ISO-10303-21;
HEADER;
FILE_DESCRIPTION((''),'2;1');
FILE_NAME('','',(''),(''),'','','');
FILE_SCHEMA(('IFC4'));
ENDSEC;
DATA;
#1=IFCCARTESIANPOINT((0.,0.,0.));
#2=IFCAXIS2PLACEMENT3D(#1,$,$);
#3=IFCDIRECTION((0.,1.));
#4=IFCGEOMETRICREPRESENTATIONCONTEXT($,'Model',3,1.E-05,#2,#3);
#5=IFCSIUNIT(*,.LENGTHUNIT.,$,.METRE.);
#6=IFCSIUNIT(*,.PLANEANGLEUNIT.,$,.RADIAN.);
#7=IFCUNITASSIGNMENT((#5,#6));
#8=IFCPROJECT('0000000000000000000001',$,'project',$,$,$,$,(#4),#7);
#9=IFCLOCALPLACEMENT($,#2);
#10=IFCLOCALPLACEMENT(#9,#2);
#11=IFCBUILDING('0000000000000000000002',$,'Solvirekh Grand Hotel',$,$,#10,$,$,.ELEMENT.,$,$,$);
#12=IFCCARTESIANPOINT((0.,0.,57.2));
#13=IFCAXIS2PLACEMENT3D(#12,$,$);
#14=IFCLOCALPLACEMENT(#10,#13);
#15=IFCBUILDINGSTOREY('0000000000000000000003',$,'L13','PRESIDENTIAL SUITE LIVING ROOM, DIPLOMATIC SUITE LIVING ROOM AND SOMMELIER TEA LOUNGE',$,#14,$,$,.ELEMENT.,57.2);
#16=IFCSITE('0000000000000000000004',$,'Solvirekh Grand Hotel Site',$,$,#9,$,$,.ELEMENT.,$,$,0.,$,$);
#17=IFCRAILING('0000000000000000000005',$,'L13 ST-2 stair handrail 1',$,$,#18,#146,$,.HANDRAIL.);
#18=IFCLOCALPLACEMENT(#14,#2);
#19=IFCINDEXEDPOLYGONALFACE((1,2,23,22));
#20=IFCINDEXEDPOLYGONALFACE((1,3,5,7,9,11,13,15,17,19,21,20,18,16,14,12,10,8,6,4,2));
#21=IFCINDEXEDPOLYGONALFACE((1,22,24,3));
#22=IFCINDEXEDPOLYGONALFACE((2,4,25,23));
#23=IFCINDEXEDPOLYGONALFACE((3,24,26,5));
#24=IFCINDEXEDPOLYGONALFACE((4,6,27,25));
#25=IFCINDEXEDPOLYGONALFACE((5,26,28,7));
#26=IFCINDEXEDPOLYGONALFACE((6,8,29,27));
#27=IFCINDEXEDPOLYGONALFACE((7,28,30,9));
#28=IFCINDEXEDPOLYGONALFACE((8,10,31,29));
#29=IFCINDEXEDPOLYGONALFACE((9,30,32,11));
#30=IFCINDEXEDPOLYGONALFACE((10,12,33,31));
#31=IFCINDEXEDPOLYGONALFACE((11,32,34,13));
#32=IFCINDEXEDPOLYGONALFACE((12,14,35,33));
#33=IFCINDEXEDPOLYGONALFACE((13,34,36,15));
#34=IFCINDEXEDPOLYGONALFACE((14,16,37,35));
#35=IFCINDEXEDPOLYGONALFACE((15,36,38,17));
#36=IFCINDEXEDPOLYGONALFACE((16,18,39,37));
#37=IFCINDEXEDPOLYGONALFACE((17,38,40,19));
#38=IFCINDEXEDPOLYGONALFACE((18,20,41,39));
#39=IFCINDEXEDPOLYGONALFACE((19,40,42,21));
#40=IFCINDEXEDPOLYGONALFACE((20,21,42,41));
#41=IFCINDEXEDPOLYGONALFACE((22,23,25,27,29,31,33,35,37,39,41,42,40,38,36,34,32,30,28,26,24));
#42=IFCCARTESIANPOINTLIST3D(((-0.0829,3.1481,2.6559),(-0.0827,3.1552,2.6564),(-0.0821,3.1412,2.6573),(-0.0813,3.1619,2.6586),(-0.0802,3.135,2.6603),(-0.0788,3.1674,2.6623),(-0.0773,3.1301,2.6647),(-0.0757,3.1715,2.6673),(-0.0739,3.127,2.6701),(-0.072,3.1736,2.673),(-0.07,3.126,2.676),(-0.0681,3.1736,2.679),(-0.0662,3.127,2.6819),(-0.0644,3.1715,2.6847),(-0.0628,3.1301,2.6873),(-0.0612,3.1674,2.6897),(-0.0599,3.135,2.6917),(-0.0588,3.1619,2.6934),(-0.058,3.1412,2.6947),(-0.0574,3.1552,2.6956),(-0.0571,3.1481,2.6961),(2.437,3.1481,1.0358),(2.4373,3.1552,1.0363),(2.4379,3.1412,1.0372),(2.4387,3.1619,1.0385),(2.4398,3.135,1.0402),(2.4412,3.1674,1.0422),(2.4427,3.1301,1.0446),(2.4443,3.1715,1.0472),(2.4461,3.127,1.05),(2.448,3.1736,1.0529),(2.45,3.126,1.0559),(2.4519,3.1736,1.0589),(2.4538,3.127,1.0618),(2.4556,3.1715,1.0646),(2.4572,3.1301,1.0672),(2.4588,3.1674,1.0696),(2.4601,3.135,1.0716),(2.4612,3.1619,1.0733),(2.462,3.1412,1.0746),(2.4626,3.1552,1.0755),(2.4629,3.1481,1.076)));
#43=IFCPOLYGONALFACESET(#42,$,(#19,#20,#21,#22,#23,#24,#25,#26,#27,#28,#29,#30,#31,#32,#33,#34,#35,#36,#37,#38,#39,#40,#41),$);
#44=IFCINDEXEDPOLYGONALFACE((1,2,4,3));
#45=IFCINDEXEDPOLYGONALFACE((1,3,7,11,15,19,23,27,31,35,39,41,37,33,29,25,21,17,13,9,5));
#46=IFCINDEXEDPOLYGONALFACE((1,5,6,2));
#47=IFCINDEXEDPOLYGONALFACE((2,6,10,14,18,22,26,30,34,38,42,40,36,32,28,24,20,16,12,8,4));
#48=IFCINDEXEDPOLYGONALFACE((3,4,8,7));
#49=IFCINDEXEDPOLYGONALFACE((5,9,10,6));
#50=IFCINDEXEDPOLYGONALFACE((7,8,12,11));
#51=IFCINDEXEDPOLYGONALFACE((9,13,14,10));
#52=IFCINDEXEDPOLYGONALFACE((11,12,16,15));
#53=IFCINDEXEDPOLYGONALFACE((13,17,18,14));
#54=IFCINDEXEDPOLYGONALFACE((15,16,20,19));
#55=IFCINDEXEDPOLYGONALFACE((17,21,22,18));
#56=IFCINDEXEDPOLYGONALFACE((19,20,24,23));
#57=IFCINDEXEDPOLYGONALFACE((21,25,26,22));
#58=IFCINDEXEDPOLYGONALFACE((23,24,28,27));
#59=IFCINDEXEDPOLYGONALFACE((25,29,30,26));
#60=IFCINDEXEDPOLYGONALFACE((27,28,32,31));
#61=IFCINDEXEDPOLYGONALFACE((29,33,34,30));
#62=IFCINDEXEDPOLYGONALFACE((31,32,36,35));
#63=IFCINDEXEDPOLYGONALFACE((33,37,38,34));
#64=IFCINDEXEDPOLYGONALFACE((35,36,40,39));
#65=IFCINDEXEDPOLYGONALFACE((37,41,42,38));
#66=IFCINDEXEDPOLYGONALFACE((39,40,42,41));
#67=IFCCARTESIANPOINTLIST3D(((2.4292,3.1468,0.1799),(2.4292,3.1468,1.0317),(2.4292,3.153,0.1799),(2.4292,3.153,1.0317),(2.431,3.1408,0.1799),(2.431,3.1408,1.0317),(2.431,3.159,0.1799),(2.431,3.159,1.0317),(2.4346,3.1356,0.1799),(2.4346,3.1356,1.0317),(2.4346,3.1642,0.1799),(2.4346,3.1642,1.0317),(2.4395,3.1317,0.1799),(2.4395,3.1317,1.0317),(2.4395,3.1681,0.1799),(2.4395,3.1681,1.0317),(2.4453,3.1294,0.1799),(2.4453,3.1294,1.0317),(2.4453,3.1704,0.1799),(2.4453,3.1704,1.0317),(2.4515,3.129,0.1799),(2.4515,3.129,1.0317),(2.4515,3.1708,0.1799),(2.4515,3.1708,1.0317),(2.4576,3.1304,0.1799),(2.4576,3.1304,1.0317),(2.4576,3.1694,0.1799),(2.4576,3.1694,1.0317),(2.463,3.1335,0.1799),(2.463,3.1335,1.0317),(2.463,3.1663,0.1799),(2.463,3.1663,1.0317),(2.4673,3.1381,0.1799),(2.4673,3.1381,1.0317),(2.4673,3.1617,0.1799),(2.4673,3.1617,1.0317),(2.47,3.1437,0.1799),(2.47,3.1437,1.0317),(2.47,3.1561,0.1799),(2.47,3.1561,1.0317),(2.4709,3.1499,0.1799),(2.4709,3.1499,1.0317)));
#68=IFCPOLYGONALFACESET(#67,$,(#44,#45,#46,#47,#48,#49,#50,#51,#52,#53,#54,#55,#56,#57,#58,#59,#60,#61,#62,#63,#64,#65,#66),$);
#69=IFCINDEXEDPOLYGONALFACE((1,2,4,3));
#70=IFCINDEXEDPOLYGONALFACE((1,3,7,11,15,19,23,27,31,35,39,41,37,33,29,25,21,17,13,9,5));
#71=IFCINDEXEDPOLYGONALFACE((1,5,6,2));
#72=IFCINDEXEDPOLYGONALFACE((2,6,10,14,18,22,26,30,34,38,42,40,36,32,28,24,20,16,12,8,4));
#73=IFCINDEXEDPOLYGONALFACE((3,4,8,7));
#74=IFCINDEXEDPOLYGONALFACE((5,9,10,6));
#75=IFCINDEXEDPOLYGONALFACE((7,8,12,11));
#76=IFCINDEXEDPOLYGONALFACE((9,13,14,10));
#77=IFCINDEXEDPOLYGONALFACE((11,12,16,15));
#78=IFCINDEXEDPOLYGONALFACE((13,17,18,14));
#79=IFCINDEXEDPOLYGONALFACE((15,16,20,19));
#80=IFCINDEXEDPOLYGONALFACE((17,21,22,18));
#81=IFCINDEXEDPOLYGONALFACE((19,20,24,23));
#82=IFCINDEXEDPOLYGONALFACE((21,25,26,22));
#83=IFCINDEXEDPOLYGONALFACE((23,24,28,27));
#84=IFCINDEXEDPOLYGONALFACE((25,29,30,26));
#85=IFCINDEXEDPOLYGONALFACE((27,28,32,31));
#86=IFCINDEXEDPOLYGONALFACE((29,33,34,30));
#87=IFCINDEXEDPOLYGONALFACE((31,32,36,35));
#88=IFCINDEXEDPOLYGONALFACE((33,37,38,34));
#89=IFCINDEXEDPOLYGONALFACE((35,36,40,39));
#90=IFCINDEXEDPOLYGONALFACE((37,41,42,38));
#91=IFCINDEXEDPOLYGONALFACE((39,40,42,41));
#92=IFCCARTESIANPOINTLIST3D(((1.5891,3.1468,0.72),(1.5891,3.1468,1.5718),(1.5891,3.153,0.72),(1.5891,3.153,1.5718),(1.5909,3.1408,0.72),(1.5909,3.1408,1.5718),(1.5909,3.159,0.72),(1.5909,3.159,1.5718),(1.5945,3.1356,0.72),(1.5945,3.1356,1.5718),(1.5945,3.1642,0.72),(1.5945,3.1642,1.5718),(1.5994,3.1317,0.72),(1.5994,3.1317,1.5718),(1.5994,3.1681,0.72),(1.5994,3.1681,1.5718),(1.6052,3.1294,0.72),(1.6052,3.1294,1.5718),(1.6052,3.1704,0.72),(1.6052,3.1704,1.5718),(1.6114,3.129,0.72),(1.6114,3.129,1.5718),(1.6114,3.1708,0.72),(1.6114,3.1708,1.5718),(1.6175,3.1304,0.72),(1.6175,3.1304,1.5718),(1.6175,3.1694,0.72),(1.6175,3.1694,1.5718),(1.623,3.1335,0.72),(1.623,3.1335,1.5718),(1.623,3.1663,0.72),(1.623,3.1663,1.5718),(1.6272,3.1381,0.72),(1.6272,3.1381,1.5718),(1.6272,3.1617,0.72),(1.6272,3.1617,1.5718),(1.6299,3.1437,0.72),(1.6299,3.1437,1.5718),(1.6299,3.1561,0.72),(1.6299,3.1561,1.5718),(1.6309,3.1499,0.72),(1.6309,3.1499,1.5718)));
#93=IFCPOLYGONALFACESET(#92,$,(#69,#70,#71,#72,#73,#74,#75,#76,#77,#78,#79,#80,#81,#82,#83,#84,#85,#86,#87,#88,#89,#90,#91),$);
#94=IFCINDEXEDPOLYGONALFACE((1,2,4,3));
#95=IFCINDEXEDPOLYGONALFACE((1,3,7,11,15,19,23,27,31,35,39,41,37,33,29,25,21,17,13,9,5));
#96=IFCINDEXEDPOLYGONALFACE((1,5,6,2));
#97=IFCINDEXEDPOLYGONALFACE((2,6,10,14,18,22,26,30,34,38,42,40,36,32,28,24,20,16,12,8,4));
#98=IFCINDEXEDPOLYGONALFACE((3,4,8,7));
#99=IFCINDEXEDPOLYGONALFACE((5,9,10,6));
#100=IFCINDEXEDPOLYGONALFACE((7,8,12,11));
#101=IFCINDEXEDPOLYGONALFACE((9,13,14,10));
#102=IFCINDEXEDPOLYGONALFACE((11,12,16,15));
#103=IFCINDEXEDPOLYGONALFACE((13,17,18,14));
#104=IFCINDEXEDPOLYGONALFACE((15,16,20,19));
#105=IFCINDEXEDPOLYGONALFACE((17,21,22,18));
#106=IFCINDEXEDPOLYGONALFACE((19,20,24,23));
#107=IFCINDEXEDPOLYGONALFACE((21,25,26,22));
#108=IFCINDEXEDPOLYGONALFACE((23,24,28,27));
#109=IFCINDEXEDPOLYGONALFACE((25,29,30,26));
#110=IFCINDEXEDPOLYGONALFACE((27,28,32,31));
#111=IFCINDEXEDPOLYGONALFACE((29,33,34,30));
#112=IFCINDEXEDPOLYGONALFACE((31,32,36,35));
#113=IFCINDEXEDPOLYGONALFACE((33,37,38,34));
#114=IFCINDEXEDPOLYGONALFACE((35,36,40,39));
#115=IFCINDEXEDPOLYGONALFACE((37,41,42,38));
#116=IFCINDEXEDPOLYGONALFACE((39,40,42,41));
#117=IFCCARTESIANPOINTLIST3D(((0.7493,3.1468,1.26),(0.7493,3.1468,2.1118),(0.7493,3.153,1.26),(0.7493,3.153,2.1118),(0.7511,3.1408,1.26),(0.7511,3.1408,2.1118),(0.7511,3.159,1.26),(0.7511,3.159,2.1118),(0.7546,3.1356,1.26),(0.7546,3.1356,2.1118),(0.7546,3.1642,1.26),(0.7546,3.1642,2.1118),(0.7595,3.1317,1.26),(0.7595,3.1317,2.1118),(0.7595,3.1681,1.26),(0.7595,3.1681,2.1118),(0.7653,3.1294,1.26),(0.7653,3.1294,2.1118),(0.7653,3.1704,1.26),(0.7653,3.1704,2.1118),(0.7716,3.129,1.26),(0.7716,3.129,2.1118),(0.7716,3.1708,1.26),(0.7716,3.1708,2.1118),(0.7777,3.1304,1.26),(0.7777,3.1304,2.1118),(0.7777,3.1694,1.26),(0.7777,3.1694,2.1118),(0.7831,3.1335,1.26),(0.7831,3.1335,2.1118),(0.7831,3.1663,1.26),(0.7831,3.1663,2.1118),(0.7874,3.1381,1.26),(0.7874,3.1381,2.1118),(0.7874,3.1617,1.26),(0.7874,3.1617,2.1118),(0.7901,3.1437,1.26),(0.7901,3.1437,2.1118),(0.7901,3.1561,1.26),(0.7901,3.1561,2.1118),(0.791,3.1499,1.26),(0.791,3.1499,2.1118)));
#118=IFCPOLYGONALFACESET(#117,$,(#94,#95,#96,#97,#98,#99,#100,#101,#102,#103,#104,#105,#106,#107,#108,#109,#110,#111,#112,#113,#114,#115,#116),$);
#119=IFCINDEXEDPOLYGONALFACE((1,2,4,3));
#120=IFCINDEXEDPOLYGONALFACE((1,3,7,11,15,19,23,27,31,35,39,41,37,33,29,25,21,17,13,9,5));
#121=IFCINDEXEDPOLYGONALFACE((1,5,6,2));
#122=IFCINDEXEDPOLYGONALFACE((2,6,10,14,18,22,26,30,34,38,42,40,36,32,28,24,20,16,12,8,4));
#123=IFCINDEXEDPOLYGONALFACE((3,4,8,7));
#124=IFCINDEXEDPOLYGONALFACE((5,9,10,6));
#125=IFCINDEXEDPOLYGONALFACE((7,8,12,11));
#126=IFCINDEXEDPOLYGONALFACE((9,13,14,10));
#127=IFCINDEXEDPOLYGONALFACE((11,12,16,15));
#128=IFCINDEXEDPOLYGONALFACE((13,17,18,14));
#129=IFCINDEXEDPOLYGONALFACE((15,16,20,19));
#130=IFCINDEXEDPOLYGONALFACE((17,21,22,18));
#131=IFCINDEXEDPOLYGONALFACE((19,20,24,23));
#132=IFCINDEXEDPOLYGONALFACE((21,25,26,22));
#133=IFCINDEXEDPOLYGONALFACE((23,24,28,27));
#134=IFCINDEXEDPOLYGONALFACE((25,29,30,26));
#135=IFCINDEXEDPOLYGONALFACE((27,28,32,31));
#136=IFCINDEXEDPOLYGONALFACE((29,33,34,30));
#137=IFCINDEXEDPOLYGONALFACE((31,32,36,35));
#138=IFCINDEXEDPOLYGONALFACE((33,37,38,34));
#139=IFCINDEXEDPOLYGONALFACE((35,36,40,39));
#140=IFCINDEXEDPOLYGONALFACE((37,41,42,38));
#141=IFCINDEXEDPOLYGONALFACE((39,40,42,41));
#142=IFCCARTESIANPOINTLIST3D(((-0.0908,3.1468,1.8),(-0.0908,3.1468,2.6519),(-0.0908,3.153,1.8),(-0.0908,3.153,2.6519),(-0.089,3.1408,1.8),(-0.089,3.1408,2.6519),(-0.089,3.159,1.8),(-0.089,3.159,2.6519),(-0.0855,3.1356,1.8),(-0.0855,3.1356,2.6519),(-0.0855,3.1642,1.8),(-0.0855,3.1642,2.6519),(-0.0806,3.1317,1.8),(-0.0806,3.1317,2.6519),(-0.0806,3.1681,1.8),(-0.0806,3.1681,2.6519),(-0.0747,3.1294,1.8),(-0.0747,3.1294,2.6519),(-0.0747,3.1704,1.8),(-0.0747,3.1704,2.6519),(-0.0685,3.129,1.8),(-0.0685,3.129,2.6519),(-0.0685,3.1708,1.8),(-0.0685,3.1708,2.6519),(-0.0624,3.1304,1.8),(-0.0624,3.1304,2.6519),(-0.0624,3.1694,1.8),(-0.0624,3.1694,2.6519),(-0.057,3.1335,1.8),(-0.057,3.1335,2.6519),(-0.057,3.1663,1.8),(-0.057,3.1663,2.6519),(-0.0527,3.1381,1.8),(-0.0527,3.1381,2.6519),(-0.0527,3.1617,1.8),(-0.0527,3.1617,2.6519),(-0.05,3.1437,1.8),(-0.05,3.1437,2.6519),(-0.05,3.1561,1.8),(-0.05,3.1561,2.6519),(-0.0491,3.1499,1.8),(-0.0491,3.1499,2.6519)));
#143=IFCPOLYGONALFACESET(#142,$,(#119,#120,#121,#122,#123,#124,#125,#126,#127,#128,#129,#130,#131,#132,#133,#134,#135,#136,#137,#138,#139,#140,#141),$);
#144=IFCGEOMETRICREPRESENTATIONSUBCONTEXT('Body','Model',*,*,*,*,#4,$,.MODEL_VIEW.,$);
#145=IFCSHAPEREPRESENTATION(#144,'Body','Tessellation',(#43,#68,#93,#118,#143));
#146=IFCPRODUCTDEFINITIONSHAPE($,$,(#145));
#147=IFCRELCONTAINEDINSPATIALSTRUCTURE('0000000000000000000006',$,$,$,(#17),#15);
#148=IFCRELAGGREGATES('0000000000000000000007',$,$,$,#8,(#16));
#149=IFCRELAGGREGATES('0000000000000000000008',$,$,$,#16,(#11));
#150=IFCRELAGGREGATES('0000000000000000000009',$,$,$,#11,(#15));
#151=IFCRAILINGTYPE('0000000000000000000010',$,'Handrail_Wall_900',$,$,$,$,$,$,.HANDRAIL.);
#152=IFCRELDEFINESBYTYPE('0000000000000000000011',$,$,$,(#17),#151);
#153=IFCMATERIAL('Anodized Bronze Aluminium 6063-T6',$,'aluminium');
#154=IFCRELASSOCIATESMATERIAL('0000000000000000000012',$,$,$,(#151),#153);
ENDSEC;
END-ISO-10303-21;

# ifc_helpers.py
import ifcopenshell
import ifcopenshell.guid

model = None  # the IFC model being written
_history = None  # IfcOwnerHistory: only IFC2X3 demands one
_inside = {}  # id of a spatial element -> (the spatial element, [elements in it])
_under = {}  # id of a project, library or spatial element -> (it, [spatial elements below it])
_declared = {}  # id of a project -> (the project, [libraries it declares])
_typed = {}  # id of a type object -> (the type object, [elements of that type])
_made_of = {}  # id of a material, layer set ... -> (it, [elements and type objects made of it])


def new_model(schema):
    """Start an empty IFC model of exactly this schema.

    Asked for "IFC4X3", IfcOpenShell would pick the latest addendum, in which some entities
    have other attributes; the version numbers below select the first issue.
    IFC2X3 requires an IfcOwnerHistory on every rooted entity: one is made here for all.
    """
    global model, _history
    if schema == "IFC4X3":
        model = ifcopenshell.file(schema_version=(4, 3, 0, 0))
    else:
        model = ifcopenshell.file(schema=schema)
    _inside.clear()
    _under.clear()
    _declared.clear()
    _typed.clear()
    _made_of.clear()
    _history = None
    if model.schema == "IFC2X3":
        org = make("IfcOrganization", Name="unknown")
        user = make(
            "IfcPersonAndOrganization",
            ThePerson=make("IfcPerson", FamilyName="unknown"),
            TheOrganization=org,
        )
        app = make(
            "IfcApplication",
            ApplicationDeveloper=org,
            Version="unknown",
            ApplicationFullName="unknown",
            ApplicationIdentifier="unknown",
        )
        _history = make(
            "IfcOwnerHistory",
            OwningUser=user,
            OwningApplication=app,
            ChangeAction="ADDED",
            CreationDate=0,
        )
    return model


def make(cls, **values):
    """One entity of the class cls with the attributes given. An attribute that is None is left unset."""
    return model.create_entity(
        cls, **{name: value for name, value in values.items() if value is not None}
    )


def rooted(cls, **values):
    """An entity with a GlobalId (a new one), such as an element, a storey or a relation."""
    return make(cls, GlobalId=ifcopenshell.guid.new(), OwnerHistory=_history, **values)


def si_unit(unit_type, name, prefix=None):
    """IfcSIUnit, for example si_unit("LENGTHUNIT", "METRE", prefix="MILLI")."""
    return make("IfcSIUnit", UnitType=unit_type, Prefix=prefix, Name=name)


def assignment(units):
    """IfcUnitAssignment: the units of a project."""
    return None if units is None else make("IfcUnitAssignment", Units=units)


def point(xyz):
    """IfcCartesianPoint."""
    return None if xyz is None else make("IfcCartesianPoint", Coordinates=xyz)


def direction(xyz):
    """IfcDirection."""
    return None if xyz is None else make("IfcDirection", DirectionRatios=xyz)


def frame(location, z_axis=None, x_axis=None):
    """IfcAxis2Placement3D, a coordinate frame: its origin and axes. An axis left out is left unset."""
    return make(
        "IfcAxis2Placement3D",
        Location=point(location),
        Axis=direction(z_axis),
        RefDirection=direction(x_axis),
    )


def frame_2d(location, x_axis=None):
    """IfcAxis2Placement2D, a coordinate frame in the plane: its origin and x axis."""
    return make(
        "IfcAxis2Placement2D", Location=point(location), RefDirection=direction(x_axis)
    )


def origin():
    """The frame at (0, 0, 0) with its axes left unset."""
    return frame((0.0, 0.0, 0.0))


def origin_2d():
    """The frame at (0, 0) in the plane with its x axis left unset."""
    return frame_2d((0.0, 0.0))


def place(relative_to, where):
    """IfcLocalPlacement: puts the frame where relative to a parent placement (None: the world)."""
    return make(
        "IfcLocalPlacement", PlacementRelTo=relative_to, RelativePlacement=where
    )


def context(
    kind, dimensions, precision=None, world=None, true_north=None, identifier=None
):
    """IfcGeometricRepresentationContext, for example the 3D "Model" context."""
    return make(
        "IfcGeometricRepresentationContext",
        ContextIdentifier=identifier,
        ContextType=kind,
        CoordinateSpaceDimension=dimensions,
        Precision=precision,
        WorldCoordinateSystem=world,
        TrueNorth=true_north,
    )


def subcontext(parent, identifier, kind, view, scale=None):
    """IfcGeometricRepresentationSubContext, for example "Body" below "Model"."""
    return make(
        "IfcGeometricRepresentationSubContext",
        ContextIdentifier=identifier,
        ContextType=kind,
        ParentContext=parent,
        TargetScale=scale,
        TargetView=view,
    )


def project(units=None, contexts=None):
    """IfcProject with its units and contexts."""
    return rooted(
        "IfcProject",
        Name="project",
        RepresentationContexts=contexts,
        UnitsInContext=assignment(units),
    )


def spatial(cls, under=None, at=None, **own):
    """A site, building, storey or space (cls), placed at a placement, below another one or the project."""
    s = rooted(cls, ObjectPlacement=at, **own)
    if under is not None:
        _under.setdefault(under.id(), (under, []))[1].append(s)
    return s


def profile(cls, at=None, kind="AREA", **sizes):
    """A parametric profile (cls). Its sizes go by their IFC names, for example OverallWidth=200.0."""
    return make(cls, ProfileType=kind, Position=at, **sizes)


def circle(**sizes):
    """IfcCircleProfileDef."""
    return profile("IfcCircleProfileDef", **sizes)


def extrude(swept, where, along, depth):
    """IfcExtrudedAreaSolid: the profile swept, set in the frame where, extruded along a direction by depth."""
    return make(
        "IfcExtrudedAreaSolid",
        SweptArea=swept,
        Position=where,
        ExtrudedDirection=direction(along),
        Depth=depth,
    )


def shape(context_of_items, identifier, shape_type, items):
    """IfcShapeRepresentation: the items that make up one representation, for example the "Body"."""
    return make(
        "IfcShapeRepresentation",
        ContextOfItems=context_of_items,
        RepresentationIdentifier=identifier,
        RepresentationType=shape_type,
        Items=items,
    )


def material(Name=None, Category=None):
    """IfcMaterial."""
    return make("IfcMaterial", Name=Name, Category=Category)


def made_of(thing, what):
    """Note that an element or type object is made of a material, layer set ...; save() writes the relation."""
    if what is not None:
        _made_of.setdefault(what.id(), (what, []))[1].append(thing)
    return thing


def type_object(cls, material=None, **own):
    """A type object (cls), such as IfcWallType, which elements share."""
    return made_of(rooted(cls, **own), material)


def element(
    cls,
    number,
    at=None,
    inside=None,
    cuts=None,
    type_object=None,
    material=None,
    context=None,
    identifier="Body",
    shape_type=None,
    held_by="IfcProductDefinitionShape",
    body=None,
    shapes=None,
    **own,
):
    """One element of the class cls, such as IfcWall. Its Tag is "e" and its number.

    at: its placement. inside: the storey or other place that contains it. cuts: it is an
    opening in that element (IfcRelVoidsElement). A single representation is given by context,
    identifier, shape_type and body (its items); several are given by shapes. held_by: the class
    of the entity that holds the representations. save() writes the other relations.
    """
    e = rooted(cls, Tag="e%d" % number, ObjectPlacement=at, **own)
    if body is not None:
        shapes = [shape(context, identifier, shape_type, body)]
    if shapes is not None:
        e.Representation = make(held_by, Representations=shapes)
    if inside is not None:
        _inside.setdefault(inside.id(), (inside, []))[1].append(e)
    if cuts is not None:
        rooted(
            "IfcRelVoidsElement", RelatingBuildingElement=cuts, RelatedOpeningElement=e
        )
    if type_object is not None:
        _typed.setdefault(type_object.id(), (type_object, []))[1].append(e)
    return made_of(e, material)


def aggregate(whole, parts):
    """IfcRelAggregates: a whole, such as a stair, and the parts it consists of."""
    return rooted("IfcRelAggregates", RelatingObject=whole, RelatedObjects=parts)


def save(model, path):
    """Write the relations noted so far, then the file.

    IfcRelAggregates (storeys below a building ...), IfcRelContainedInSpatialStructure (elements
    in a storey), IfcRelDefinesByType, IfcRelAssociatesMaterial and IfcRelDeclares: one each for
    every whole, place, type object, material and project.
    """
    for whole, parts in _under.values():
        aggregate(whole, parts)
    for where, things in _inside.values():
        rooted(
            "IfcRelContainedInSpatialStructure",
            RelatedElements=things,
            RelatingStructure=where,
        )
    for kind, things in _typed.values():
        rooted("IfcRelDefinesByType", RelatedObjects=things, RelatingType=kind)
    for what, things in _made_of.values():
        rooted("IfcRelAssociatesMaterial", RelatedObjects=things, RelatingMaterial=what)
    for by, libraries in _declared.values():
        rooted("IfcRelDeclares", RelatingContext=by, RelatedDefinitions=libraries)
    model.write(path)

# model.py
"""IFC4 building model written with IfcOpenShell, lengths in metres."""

from ifc_helpers import new_model, si_unit, direction, frame, origin, origin_2d, place, context, subcontext, project, spatial, circle, extrude, material, type_object, element, save


model = new_model("IFC4")

# Units and contexts
model_context = context("Model", 3, precision=1e-05, world=origin(), true_north=direction((0.0, 1.0)))
body_context = subcontext(model_context, "Body", "Model", "MODEL_VIEW")
ifc_project = project(units=[si_unit("LENGTHUNIT", "METRE"), si_unit("PLANEANGLEUNIT", "RADIAN")], contexts=[model_context])

# Site, building, storey
site_placement = place(None, origin())
site = spatial("IfcSite", under=ifc_project, at=site_placement, Name="Solvirekh Grand Hotel Site", CompositionType="ELEMENT", RefElevation=0.0)
building_placement = place(site_placement, origin())
building = spatial("IfcBuilding", under=site, at=building_placement, Name="Solvirekh Grand Hotel", CompositionType="ELEMENT")
storey_placement = place(building_placement, frame((0.0, 0.0, 57.2)))
storey = spatial("IfcBuildingStorey", under=building, at=storey_placement, Name="L13", Description="PRESIDENTIAL SUITE LIVING ROOM, DIPLOMATIC SUITE LIVING ROOM AND SOMMELIER TEA LOUNGE", CompositionType="ELEMENT", Elevation=57.2)

# Shared definitions
ifc_material_1 = material(Name="Anodized Bronze Aluminium 6063-T6", Category="aluminium")

# Railing
railing_type_1 = type_object("IfcRailingType", Name="Handrail_Wall_900", PredefinedType="HANDRAIL", material=ifc_material_1)
railing_1_placement = place(storey_placement, frame((2.45, 3.1499, 0.1799)))
element("IfcRailing", 1, at=railing_1_placement, inside=storey, type_object=railing_type_1, Name="L13 ST-2 stair handrail 1", PredefinedType="HANDRAIL", context=body_context, shape_type="SweptSolid", body=[
    extrude(circle(Radius=0.0239, at=origin_2d()), frame((0.0, 0.0, 0.876), z_axis=(-0.841163, 0.0, 0.540782), x_axis=(0.0, -1.0, 0.0)), (0.0, 0.0, 1.0), 2.9958),
    extrude(circle(Radius=0.021, at=origin_2d()), origin(), (0.0, 0.0, 1.0), 0.8518),
    extrude(circle(Radius=0.021, at=origin_2d()), frame((-0.8401, 0.0, 0.54)), (0.0, 0.0, 1.0), 0.8518),
    extrude(circle(Radius=0.021, at=origin_2d()), frame((-1.6799, 0.0, 1.0801)), (0.0, 0.0, 1.0), 0.8518),
    extrude(circle(Radius=0.021, at=origin_2d()), frame((-2.52, 0.0, 1.6201)), (0.0, 0.0, 1.0), 0.8518),
])

save(model, "model.ifc")
